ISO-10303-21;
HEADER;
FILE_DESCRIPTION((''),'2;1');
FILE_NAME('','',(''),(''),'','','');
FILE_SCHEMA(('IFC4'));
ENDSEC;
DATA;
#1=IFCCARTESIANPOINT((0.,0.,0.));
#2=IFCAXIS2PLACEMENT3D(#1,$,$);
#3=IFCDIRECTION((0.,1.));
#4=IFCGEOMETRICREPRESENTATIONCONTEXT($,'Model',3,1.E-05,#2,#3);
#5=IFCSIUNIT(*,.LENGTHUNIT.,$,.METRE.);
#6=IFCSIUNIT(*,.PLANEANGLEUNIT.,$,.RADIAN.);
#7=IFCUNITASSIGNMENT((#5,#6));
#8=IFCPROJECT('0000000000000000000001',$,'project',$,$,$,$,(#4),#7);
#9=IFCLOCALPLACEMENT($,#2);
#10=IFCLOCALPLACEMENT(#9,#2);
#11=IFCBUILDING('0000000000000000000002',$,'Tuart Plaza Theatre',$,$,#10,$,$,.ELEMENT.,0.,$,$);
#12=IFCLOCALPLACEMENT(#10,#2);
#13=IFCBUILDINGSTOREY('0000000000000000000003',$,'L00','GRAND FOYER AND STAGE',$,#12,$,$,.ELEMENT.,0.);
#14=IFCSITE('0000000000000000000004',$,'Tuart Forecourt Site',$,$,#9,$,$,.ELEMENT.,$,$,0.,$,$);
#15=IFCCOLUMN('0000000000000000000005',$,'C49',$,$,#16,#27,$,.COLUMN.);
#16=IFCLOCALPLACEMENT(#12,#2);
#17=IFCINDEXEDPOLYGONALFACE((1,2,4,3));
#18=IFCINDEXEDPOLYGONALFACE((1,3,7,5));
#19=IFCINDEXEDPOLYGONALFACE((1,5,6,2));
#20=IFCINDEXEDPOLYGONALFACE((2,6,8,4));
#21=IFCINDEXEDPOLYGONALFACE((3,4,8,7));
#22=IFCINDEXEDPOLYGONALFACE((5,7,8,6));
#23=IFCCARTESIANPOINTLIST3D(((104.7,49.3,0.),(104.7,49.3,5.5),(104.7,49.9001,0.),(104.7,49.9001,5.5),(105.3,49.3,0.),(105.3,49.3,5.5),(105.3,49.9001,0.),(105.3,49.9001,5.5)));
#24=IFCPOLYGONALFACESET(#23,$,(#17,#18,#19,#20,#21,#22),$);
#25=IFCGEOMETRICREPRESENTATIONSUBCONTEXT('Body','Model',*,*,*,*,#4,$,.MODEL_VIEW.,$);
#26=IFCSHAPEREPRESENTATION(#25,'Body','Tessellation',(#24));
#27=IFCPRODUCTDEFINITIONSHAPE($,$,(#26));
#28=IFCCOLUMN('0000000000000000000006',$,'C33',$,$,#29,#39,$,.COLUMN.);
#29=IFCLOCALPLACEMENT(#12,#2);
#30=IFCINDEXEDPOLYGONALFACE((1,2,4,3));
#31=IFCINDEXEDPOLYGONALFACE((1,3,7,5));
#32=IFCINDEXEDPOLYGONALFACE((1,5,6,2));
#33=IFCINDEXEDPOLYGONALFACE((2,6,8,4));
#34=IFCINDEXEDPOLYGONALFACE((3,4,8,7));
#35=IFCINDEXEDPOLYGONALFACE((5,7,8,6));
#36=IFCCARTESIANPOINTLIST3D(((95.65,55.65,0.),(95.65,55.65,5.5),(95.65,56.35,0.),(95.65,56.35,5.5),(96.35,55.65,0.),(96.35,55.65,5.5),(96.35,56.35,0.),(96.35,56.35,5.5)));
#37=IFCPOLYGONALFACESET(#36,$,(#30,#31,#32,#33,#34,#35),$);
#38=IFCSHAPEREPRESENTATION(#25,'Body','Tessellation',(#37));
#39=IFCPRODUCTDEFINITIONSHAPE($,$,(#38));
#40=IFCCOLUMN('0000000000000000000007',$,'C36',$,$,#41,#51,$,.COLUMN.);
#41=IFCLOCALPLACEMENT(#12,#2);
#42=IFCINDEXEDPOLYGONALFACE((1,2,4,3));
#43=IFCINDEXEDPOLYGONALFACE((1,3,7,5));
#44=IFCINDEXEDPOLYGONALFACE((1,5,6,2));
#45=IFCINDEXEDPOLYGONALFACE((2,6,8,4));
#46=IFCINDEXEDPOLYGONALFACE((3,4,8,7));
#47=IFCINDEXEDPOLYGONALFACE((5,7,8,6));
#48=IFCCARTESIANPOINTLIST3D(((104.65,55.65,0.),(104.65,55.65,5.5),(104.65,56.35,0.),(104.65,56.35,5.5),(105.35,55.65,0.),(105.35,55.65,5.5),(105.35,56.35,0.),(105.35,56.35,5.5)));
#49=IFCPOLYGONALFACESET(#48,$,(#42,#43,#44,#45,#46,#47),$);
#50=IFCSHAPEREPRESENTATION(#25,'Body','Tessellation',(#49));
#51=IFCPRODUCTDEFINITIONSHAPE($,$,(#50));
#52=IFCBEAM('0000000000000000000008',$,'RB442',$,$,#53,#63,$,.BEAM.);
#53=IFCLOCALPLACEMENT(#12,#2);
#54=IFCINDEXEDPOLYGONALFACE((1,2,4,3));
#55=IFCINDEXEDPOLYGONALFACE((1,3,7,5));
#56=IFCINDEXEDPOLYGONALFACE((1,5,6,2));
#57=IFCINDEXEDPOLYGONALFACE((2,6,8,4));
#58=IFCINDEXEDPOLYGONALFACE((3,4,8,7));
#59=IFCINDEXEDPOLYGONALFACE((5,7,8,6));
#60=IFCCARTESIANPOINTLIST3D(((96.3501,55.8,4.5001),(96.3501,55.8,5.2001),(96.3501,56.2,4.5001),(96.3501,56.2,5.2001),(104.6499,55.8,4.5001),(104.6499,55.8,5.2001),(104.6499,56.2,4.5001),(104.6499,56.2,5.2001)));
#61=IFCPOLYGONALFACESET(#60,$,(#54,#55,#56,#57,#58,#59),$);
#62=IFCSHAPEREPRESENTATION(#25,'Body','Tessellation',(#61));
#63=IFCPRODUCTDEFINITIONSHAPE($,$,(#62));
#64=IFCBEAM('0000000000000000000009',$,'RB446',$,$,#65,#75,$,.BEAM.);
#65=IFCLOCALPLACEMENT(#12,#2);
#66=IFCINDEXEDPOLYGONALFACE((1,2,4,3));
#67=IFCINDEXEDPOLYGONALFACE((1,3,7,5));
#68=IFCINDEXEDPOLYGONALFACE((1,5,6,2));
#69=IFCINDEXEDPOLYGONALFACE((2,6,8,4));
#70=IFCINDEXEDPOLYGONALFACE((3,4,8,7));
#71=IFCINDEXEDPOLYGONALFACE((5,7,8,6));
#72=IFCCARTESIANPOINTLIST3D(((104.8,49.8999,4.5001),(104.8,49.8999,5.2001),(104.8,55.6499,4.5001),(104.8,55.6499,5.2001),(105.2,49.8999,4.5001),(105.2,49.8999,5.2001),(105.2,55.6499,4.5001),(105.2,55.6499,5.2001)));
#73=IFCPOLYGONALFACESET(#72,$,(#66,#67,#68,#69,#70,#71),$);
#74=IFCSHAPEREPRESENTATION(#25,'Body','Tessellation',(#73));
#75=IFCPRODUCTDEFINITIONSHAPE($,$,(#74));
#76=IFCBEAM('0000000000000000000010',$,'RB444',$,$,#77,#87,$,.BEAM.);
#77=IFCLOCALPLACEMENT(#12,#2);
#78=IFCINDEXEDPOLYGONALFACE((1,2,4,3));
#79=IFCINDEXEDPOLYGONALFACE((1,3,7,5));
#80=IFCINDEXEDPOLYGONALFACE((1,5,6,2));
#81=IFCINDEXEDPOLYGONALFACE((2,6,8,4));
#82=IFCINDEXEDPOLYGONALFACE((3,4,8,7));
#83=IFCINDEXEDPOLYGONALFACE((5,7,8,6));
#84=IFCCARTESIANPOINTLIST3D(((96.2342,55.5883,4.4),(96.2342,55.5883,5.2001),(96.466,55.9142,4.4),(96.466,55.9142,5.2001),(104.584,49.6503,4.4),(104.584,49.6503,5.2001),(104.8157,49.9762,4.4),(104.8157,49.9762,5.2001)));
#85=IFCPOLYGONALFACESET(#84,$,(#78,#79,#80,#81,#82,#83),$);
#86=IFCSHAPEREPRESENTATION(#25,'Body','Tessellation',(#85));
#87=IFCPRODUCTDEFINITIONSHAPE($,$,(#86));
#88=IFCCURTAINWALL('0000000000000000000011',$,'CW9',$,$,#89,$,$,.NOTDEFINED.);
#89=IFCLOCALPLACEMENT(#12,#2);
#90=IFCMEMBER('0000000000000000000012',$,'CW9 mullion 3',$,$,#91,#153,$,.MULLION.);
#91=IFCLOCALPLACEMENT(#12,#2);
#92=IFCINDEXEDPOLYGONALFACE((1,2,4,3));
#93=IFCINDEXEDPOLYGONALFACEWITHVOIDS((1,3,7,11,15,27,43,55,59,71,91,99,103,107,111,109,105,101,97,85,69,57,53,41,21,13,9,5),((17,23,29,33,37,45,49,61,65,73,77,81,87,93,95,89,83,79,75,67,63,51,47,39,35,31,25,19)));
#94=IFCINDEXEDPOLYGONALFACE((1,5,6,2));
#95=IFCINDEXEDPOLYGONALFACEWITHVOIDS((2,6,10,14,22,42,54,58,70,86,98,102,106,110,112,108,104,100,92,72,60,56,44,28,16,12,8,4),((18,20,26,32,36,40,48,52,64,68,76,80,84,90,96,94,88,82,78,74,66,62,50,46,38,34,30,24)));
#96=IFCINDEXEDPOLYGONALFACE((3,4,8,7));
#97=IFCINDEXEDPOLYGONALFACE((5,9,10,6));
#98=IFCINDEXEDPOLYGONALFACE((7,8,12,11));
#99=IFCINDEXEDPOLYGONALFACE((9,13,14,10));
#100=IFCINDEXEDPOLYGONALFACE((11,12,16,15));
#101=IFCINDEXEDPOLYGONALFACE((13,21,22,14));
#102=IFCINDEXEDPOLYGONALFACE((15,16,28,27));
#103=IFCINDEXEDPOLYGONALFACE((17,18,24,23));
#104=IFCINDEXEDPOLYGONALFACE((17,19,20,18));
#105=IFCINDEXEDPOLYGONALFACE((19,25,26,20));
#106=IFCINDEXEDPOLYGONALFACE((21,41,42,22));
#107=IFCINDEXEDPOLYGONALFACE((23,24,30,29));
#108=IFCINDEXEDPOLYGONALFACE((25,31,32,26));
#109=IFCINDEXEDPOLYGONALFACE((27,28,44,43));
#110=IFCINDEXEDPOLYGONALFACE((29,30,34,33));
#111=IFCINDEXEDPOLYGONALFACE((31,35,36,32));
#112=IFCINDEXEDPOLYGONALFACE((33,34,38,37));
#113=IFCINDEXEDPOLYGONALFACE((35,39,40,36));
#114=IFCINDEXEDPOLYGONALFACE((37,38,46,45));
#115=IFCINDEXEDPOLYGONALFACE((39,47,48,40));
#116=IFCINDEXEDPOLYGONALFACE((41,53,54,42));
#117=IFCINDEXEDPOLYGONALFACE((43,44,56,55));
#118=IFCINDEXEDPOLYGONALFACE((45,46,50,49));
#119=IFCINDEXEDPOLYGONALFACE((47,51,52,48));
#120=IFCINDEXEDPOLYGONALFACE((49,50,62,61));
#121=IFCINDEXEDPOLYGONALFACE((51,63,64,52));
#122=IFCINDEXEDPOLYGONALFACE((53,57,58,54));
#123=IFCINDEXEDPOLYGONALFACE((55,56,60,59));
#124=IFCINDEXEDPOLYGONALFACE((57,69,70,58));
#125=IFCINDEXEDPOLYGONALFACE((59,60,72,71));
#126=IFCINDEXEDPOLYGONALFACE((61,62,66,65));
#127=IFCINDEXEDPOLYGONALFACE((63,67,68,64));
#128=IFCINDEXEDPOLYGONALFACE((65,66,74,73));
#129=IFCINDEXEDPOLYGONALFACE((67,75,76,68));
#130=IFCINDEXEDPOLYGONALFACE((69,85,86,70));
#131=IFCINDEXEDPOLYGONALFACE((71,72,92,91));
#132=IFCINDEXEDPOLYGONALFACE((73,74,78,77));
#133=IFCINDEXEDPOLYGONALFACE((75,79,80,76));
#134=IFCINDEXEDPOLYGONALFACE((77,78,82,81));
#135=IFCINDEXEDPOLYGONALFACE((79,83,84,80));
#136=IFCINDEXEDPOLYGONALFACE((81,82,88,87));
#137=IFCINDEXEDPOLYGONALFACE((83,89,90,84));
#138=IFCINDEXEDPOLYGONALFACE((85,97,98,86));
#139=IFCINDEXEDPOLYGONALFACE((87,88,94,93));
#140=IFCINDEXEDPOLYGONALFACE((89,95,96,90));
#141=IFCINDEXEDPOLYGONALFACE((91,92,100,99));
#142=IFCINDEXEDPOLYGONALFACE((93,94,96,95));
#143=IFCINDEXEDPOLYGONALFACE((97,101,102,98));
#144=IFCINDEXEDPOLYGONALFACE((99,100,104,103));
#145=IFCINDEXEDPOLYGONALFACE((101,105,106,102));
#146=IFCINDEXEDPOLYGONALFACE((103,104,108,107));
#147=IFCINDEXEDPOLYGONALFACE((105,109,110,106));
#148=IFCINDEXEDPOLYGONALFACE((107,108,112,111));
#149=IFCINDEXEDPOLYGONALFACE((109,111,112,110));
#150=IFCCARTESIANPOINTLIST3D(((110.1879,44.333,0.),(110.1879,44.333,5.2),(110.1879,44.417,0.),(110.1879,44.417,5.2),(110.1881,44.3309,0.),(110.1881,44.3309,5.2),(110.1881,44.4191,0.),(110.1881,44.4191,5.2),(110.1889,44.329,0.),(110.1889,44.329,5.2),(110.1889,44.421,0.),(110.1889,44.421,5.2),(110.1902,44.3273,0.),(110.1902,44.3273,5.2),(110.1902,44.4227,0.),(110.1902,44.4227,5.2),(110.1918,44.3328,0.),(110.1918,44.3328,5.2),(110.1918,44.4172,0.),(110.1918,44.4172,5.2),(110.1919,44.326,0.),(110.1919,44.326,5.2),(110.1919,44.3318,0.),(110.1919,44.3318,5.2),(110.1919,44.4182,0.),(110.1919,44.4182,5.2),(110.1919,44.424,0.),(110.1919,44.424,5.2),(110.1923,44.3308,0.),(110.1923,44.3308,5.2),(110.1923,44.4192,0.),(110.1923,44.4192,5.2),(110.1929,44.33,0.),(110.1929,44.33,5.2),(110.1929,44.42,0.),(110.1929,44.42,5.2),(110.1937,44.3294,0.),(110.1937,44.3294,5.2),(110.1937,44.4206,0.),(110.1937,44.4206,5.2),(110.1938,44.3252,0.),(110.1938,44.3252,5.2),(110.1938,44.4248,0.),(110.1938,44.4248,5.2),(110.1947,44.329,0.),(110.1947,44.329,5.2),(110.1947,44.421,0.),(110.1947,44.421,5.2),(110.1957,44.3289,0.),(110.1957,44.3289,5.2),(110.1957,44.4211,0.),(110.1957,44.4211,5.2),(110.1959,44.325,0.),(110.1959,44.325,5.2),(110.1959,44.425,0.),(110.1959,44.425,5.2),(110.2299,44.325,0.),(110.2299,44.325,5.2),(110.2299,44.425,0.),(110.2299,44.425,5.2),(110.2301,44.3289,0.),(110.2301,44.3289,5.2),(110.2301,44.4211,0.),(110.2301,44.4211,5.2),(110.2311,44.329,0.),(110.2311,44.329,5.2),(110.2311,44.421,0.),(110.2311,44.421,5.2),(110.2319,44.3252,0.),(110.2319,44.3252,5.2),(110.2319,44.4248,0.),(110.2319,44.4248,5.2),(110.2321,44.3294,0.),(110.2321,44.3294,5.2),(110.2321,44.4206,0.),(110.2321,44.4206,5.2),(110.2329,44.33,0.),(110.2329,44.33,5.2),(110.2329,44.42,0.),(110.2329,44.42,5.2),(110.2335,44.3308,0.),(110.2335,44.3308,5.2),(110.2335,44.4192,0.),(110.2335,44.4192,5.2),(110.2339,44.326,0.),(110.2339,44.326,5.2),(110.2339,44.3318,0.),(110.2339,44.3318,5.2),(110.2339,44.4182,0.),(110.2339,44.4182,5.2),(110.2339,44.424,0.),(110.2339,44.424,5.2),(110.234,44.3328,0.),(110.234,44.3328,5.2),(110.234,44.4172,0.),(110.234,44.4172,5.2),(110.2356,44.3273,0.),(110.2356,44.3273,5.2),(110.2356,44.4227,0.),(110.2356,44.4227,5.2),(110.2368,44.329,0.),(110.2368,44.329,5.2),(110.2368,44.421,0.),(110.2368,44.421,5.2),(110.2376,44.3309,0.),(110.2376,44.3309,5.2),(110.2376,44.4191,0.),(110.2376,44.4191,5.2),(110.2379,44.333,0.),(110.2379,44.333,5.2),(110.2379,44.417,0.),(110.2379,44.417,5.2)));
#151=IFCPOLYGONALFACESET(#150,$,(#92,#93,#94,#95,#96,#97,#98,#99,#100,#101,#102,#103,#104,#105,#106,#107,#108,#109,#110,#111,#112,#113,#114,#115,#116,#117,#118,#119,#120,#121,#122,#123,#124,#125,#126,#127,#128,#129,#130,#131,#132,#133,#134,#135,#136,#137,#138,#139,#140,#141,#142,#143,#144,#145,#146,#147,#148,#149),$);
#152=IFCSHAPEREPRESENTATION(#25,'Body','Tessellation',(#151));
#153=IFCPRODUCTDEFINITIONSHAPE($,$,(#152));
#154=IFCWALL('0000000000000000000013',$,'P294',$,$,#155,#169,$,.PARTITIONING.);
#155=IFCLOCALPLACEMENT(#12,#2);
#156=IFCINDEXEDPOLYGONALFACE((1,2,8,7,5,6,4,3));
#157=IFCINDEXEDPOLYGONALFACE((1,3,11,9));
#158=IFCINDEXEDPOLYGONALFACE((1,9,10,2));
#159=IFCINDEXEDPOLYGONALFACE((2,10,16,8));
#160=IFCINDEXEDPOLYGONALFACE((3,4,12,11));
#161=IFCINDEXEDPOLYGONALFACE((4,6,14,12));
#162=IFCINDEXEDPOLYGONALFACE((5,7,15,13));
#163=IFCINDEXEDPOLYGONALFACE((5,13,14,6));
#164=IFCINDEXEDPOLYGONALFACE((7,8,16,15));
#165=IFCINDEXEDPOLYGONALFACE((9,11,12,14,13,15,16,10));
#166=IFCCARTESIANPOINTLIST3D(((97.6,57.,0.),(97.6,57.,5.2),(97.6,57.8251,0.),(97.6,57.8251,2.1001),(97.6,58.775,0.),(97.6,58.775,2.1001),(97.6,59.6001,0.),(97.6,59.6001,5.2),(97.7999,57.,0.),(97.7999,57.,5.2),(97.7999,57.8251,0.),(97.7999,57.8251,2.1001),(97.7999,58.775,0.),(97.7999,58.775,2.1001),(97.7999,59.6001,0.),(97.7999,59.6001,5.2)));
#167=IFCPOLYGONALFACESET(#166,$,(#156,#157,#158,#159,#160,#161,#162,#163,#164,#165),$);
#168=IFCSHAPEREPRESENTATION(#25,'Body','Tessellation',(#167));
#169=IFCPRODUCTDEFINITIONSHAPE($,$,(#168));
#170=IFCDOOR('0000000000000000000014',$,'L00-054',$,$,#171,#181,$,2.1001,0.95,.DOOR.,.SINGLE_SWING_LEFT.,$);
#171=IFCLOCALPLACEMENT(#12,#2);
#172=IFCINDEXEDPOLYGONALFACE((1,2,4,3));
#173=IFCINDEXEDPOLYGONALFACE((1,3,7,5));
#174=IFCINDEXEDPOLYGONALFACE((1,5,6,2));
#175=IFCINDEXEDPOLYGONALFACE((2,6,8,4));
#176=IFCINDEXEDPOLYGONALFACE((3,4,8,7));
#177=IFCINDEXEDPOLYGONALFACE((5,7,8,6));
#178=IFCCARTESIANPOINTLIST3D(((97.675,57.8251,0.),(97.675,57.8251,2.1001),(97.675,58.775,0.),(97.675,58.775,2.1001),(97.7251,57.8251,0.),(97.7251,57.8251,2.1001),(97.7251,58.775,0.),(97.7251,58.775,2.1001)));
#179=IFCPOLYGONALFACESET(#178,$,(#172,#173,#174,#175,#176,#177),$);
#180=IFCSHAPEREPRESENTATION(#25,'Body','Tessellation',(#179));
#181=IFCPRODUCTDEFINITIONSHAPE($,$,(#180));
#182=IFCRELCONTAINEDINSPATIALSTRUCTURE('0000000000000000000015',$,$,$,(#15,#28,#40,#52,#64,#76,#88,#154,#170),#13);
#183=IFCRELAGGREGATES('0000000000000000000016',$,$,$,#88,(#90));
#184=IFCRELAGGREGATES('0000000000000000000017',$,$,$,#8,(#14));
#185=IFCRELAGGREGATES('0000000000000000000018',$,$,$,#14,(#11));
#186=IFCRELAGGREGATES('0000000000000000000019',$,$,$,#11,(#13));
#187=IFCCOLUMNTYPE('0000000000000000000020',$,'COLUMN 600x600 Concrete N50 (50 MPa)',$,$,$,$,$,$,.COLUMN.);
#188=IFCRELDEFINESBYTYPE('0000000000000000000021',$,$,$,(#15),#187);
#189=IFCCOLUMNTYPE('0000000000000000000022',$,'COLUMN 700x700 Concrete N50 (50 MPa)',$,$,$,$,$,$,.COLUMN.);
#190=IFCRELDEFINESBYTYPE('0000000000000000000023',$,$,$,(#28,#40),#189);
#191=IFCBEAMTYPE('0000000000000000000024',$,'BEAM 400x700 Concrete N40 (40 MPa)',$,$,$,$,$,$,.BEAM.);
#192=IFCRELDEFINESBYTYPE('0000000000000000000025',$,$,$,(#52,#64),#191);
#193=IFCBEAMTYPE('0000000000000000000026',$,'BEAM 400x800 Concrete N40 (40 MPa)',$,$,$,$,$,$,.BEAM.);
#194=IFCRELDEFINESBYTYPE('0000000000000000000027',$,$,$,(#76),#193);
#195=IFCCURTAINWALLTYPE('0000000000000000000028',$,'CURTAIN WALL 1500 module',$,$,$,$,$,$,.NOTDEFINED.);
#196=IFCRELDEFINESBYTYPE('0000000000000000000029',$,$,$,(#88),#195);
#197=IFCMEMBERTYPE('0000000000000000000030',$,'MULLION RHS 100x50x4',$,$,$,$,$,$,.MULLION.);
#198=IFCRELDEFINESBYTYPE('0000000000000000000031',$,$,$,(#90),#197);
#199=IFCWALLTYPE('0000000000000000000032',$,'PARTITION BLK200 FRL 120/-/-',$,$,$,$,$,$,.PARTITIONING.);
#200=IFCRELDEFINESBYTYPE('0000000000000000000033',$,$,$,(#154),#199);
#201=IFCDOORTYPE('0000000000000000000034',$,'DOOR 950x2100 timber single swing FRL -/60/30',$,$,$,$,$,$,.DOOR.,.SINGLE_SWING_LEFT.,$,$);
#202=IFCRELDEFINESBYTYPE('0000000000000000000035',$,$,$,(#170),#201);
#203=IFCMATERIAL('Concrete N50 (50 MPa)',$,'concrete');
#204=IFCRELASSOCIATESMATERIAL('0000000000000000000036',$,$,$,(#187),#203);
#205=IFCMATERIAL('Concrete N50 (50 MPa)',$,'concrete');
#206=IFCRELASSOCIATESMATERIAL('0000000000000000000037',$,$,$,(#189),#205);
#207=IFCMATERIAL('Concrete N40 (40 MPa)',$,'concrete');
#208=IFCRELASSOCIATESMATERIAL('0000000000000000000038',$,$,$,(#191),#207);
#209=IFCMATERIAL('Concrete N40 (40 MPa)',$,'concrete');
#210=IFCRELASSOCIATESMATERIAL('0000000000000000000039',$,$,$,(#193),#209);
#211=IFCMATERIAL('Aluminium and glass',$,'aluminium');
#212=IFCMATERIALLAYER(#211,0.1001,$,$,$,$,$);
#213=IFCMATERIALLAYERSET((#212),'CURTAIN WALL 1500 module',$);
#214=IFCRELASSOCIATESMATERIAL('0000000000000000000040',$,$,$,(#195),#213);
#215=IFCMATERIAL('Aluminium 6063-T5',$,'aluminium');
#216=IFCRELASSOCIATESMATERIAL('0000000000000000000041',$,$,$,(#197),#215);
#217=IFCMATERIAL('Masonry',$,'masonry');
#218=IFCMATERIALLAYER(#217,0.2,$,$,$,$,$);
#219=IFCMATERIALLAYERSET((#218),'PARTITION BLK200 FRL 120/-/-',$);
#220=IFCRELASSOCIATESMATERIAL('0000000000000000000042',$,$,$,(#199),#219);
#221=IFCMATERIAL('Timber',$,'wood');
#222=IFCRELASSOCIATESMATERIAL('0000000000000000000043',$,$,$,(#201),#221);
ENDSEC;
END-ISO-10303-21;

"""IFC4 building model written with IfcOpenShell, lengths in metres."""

from ifc_helpers import new_model, si_unit, direction, frame, frame_2d, origin, origin_2d, place, context, subcontext, project, spatial, rectangle, hollow_rectangle, extrude, material, layer, layer_set, material_profile, profile_set, type_object, element, fill, aggregate, save


model = new_model("IFC4")

# Units and contexts
model_context = context("Model", 3, precision=1e-05, world=origin(), true_north=direction((0.0, 1.0)))
body_context = subcontext(model_context, "Body", "Model", "MODEL_VIEW")
ifc_project = project(units=[si_unit("LENGTHUNIT", "METRE"), si_unit("PLANEANGLEUNIT", "RADIAN")], contexts=[model_context])

# Site, building, storey
site_placement = place(None, origin())
site = spatial("IfcSite", under=ifc_project, at=site_placement, Name="Tuart Forecourt Site", CompositionType="ELEMENT", RefElevation=0.0)
building_placement = place(site_placement, origin())
building = spatial("IfcBuilding", under=site, at=building_placement, Name="Tuart Plaza Theatre", CompositionType="ELEMENT", ElevationOfRefHeight=0.0)
storey_placement = place(building_placement, origin())
storey = spatial("IfcBuildingStorey", under=building, at=storey_placement, Name="L00", Description="GRAND FOYER AND STAGE", CompositionType="ELEMENT", Elevation=0.0)

# Columns
ifc_material_1 = material(Name="Concrete N50 (50 MPa)", Category="concrete")
ifc_material_profile_1 = material_profile(ifc_material_1, rectangle(XDim=0.6001, YDim=0.6001, at=origin_2d()), Name="COLUMN 600x600 Concrete N50 (50 MPa)")
ifc_profile_set_1 = profile_set([ifc_material_profile_1], Name="Concrete N50 (50 MPa)")
column_type_1 = type_object("IfcColumnType", Name="COLUMN 600x600 Concrete N50 (50 MPa)", PredefinedType="COLUMN", material=ifc_profile_set_1)
column_placement = place(storey_placement, frame((105.0, 49.6001, 0.0), z_axis=(0.0, 0.0, 1.0), x_axis=(1.0, 0.0, 0.0)))
element("IfcColumn", 1, at=column_placement, inside=storey, type_object=column_type_1, Name="C49", PredefinedType="COLUMN", context=body_context, shape_type="SweptSolid", body=[
    extrude(rectangle(XDim=0.6001, YDim=0.6001, at=origin_2d()), origin(), (0.0, 0.0, 1.0), 5.5),
])
ifc_material_2 = material(Name="Concrete N50 (50 MPa)", Category="concrete")
ifc_material_profile_2 = material_profile(ifc_material_2, rectangle(XDim=0.7, YDim=0.7, at=origin_2d()), Name="COLUMN 700x700 Concrete N50 (50 MPa)")
ifc_profile_set_2 = profile_set([ifc_material_profile_2], Name="Concrete N50 (50 MPa)")
column_type_2 = type_object("IfcColumnType", Name="COLUMN 700x700 Concrete N50 (50 MPa)", PredefinedType="COLUMN", material=ifc_profile_set_2)
for number, where, z_axis, x_axis, name in (
    (2, (96.0, 56.0, 0.0), (0.0, 0.0, 1.0), (1.0, 0.0, 0.0), "C33"),
    (3, (105.0, 56.0, 0.0), (0.0, 0.0, 1.0), (1.0, 0.0, 0.0), "C36"),
):
    element("IfcColumn", number, at=place(storey_placement, frame(where, z_axis=z_axis, x_axis=x_axis)), inside=storey, type_object=column_type_2, Name=name, PredefinedType="COLUMN", context=body_context, shape_type="SweptSolid", body=[
        extrude(rectangle(XDim=0.7, YDim=0.7, at=origin_2d()), origin(), (0.0, 0.0, 1.0), 5.5),
    ])

# Beams
ifc_material_3 = material(Name="Concrete N40 (40 MPa)", Category="concrete")
ifc_material_profile_3 = material_profile(ifc_material_3, rectangle(XDim=0.3999, YDim=0.7, at=origin_2d()), Name="BEAM 400x700 Concrete N40 (40 MPa)")
ifc_profile_set_3 = profile_set([ifc_material_profile_3], Name="Concrete N40 (40 MPa)")
beam_type_1 = type_object("IfcBeamType", Name="BEAM 400x700 Concrete N40 (40 MPa)", PredefinedType="BEAM", material=ifc_profile_set_3)
beam_1_placement = place(storey_placement, frame((96.3501, 56.0, 4.8501), z_axis=(1.0, 0.0, 0.0), x_axis=(0.0, 1.0, 0.0)))
element("IfcBeam", 4, at=beam_1_placement, inside=storey, type_object=beam_type_1, Name="RB442", PredefinedType="BEAM", context=body_context, shape_type="SweptSolid", body=[
    extrude(rectangle(XDim=0.3999, YDim=0.7, at=origin_2d()), origin(), (0.0, 0.0, 1.0), 8.2998),
])
beam_2_placement = place(storey_placement, frame((105.0, 55.6499, 4.8501), z_axis=(0.0, -1.0, 0.0), x_axis=(1.0, 0.0, 0.0)))
element("IfcBeam", 5, at=beam_2_placement, inside=storey, type_object=beam_type_1, Name="RB446", PredefinedType="BEAM", context=body_context, shape_type="SweptSolid", body=[
    extrude(rectangle(XDim=0.3999, YDim=0.7, at=origin_2d()), origin(), (0.0, 0.0, 1.0), 5.75),
])
ifc_material_4 = material(Name="Concrete N40 (40 MPa)", Category="concrete")
ifc_material_profile_4 = material_profile(ifc_material_4, rectangle(XDim=0.3999, YDim=0.8, at=origin_2d()), Name="BEAM 400x800 Concrete N40 (40 MPa)")
ifc_profile_set_4 = profile_set([ifc_material_profile_4], Name="Concrete N40 (40 MPa)")
beam_type_2 = type_object("IfcBeamType", Name="BEAM 400x800 Concrete N40 (40 MPa)", PredefinedType="BEAM", material=ifc_profile_set_4)
beam_3_placement = place(storey_placement, frame((96.3501, 55.7512, 4.8), z_axis=(0.814941, -0.579544, 0.0), x_axis=(0.579544, 0.814941, 0.0)))
element("IfcBeam", 6, at=beam_3_placement, inside=storey, type_object=beam_type_2, Name="RB444", PredefinedType="BEAM", context=body_context, shape_type="SweptSolid", body=[
    extrude(rectangle(XDim=0.3999, YDim=0.8, at=origin_2d()), origin(), (0.0, 0.0, 1.0), 10.2458),
])

# Curtain wall, member
ifc_material_5 = material(Name="Aluminium and glass", Category="aluminium")
ifc_layer_1 = layer(ifc_material_5, 0.1001)
ifc_layer_set_1 = layer_set([ifc_layer_1], Name="CURTAIN WALL 1500 module")
curtain_wall_type = type_object("IfcCurtainWallType", Name="CURTAIN WALL 1500 module", PredefinedType="NOTDEFINED", material=ifc_layer_set_1)
curtain_wall_placement = place(storey_placement, origin())
curtain_wall = element("IfcCurtainWall", 7, at=curtain_wall_placement, inside=storey, type_object=curtain_wall_type, Name="CW9", PredefinedType="NOTDEFINED")
ifc_material_6 = material(Name="Aluminium 6063-T5", Category="aluminium")
ifc_material_profile_5 = material_profile(ifc_material_6, hollow_rectangle(XDim=0.05, YDim=0.1001, WallThickness=0.0039, InnerFilletRadius=0.0039, OuterFilletRadius=0.0081, at=origin_2d()), Name="RHS 100x50x4")
ifc_profile_set_5 = profile_set([ifc_material_profile_5], Name="Aluminium 6063-T5")
member_type = type_object("IfcMemberType", Name="MULLION RHS 100x50x4", PredefinedType="MULLION", material=ifc_profile_set_5)
member_placement = place(storey_placement, frame((110.2129, 44.375, 0.0), z_axis=(0.0, 0.0, 1.0), x_axis=(-1.0, 0.0, 0.0)))
member = element("IfcMember", 8, at=member_placement, type_object=member_type, Name="CW9 mullion 3", PredefinedType="MULLION", context=body_context, shape_type="SweptSolid", body=[
    extrude(hollow_rectangle(XDim=0.05, YDim=0.1001, WallThickness=0.0039, InnerFilletRadius=0.0039, OuterFilletRadius=0.0081, at=origin_2d()), origin(), (0.0, 0.0, 1.0), 5.2),
])
aggregate(curtain_wall, [member])

# Wall, opening, door
ifc_material_7 = material(Name="Masonry", Category="masonry")
ifc_layer_2 = layer(ifc_material_7, 0.2)
ifc_layer_set_2 = layer_set([ifc_layer_2], Name="PARTITION BLK200 FRL 120/-/-")
wall_type_1 = type_object("IfcWallType", Name="PARTITION BLK200 FRL 120/-/-", PredefinedType="PARTITIONING", material=ifc_layer_set_2)
wall_1_placement = place(storey_placement, frame((97.7, 57.0, 0.0), z_axis=(0.0, 0.0, 1.0), x_axis=(0.0, 1.0, 0.0)))
wall_1 = element("IfcWall", 9, at=wall_1_placement, inside=storey, type_object=wall_type_1, Name="P294", PredefinedType="PARTITIONING", context=body_context, shape_type="SweptSolid", body=[
    extrude(rectangle(XDim=2.6001, YDim=0.2, at=frame_2d((1.3, 0.0))), origin(), (0.0, 0.0, 1.0), 5.2),
])
opening_1_placement = place(wall_1_placement, frame((0.825, 0.0, 0.0)))
opening_1 = element("IfcOpeningElement", 10, at=opening_1_placement, cuts=wall_1, PredefinedType="OPENING", context=body_context, shape_type="SweptSolid", body=[
    extrude(rectangle(XDim=0.95, YDim=2.1001, at=frame_2d((0.4751, 1.05))), frame((0.0, 0.1099, 0.0), z_axis=(0.0, -1.0, 0.0), x_axis=(1.0, 0.0, 0.0)), (0.0, 0.0, 1.0), 0.22),
])
ifc_material_8 = material(Name="Timber", Category="wood")
door_type_1 = type_object("IfcDoorType", Name="DOOR 950x2100 timber single swing FRL -/60/30", OperationType="SINGLE_SWING_LEFT", PredefinedType="DOOR", material=ifc_material_8)
door_1_placement = place(opening_1_placement, origin())
door_1 = element("IfcDoor", 11, at=door_1_placement, inside=storey, type_object=door_type_1, Name="L00-054", OperationType="SINGLE_SWING_LEFT", OverallHeight=2.1001, OverallWidth=0.95, PredefinedType="DOOR", context=body_context, shape_type="SweptSolid", body=[
    extrude(rectangle(XDim=0.95, YDim=2.1001, at=frame_2d((0.4751, 1.05))), frame((0.0, 0.0249, 0.0), z_axis=(0.0, -1.0, 0.0), x_axis=(1.0, 0.0, 0.0)), (0.0, 0.0, 1.0), 0.05),
])
fill(opening_1, door_1)

save(model, "model.ifc")
